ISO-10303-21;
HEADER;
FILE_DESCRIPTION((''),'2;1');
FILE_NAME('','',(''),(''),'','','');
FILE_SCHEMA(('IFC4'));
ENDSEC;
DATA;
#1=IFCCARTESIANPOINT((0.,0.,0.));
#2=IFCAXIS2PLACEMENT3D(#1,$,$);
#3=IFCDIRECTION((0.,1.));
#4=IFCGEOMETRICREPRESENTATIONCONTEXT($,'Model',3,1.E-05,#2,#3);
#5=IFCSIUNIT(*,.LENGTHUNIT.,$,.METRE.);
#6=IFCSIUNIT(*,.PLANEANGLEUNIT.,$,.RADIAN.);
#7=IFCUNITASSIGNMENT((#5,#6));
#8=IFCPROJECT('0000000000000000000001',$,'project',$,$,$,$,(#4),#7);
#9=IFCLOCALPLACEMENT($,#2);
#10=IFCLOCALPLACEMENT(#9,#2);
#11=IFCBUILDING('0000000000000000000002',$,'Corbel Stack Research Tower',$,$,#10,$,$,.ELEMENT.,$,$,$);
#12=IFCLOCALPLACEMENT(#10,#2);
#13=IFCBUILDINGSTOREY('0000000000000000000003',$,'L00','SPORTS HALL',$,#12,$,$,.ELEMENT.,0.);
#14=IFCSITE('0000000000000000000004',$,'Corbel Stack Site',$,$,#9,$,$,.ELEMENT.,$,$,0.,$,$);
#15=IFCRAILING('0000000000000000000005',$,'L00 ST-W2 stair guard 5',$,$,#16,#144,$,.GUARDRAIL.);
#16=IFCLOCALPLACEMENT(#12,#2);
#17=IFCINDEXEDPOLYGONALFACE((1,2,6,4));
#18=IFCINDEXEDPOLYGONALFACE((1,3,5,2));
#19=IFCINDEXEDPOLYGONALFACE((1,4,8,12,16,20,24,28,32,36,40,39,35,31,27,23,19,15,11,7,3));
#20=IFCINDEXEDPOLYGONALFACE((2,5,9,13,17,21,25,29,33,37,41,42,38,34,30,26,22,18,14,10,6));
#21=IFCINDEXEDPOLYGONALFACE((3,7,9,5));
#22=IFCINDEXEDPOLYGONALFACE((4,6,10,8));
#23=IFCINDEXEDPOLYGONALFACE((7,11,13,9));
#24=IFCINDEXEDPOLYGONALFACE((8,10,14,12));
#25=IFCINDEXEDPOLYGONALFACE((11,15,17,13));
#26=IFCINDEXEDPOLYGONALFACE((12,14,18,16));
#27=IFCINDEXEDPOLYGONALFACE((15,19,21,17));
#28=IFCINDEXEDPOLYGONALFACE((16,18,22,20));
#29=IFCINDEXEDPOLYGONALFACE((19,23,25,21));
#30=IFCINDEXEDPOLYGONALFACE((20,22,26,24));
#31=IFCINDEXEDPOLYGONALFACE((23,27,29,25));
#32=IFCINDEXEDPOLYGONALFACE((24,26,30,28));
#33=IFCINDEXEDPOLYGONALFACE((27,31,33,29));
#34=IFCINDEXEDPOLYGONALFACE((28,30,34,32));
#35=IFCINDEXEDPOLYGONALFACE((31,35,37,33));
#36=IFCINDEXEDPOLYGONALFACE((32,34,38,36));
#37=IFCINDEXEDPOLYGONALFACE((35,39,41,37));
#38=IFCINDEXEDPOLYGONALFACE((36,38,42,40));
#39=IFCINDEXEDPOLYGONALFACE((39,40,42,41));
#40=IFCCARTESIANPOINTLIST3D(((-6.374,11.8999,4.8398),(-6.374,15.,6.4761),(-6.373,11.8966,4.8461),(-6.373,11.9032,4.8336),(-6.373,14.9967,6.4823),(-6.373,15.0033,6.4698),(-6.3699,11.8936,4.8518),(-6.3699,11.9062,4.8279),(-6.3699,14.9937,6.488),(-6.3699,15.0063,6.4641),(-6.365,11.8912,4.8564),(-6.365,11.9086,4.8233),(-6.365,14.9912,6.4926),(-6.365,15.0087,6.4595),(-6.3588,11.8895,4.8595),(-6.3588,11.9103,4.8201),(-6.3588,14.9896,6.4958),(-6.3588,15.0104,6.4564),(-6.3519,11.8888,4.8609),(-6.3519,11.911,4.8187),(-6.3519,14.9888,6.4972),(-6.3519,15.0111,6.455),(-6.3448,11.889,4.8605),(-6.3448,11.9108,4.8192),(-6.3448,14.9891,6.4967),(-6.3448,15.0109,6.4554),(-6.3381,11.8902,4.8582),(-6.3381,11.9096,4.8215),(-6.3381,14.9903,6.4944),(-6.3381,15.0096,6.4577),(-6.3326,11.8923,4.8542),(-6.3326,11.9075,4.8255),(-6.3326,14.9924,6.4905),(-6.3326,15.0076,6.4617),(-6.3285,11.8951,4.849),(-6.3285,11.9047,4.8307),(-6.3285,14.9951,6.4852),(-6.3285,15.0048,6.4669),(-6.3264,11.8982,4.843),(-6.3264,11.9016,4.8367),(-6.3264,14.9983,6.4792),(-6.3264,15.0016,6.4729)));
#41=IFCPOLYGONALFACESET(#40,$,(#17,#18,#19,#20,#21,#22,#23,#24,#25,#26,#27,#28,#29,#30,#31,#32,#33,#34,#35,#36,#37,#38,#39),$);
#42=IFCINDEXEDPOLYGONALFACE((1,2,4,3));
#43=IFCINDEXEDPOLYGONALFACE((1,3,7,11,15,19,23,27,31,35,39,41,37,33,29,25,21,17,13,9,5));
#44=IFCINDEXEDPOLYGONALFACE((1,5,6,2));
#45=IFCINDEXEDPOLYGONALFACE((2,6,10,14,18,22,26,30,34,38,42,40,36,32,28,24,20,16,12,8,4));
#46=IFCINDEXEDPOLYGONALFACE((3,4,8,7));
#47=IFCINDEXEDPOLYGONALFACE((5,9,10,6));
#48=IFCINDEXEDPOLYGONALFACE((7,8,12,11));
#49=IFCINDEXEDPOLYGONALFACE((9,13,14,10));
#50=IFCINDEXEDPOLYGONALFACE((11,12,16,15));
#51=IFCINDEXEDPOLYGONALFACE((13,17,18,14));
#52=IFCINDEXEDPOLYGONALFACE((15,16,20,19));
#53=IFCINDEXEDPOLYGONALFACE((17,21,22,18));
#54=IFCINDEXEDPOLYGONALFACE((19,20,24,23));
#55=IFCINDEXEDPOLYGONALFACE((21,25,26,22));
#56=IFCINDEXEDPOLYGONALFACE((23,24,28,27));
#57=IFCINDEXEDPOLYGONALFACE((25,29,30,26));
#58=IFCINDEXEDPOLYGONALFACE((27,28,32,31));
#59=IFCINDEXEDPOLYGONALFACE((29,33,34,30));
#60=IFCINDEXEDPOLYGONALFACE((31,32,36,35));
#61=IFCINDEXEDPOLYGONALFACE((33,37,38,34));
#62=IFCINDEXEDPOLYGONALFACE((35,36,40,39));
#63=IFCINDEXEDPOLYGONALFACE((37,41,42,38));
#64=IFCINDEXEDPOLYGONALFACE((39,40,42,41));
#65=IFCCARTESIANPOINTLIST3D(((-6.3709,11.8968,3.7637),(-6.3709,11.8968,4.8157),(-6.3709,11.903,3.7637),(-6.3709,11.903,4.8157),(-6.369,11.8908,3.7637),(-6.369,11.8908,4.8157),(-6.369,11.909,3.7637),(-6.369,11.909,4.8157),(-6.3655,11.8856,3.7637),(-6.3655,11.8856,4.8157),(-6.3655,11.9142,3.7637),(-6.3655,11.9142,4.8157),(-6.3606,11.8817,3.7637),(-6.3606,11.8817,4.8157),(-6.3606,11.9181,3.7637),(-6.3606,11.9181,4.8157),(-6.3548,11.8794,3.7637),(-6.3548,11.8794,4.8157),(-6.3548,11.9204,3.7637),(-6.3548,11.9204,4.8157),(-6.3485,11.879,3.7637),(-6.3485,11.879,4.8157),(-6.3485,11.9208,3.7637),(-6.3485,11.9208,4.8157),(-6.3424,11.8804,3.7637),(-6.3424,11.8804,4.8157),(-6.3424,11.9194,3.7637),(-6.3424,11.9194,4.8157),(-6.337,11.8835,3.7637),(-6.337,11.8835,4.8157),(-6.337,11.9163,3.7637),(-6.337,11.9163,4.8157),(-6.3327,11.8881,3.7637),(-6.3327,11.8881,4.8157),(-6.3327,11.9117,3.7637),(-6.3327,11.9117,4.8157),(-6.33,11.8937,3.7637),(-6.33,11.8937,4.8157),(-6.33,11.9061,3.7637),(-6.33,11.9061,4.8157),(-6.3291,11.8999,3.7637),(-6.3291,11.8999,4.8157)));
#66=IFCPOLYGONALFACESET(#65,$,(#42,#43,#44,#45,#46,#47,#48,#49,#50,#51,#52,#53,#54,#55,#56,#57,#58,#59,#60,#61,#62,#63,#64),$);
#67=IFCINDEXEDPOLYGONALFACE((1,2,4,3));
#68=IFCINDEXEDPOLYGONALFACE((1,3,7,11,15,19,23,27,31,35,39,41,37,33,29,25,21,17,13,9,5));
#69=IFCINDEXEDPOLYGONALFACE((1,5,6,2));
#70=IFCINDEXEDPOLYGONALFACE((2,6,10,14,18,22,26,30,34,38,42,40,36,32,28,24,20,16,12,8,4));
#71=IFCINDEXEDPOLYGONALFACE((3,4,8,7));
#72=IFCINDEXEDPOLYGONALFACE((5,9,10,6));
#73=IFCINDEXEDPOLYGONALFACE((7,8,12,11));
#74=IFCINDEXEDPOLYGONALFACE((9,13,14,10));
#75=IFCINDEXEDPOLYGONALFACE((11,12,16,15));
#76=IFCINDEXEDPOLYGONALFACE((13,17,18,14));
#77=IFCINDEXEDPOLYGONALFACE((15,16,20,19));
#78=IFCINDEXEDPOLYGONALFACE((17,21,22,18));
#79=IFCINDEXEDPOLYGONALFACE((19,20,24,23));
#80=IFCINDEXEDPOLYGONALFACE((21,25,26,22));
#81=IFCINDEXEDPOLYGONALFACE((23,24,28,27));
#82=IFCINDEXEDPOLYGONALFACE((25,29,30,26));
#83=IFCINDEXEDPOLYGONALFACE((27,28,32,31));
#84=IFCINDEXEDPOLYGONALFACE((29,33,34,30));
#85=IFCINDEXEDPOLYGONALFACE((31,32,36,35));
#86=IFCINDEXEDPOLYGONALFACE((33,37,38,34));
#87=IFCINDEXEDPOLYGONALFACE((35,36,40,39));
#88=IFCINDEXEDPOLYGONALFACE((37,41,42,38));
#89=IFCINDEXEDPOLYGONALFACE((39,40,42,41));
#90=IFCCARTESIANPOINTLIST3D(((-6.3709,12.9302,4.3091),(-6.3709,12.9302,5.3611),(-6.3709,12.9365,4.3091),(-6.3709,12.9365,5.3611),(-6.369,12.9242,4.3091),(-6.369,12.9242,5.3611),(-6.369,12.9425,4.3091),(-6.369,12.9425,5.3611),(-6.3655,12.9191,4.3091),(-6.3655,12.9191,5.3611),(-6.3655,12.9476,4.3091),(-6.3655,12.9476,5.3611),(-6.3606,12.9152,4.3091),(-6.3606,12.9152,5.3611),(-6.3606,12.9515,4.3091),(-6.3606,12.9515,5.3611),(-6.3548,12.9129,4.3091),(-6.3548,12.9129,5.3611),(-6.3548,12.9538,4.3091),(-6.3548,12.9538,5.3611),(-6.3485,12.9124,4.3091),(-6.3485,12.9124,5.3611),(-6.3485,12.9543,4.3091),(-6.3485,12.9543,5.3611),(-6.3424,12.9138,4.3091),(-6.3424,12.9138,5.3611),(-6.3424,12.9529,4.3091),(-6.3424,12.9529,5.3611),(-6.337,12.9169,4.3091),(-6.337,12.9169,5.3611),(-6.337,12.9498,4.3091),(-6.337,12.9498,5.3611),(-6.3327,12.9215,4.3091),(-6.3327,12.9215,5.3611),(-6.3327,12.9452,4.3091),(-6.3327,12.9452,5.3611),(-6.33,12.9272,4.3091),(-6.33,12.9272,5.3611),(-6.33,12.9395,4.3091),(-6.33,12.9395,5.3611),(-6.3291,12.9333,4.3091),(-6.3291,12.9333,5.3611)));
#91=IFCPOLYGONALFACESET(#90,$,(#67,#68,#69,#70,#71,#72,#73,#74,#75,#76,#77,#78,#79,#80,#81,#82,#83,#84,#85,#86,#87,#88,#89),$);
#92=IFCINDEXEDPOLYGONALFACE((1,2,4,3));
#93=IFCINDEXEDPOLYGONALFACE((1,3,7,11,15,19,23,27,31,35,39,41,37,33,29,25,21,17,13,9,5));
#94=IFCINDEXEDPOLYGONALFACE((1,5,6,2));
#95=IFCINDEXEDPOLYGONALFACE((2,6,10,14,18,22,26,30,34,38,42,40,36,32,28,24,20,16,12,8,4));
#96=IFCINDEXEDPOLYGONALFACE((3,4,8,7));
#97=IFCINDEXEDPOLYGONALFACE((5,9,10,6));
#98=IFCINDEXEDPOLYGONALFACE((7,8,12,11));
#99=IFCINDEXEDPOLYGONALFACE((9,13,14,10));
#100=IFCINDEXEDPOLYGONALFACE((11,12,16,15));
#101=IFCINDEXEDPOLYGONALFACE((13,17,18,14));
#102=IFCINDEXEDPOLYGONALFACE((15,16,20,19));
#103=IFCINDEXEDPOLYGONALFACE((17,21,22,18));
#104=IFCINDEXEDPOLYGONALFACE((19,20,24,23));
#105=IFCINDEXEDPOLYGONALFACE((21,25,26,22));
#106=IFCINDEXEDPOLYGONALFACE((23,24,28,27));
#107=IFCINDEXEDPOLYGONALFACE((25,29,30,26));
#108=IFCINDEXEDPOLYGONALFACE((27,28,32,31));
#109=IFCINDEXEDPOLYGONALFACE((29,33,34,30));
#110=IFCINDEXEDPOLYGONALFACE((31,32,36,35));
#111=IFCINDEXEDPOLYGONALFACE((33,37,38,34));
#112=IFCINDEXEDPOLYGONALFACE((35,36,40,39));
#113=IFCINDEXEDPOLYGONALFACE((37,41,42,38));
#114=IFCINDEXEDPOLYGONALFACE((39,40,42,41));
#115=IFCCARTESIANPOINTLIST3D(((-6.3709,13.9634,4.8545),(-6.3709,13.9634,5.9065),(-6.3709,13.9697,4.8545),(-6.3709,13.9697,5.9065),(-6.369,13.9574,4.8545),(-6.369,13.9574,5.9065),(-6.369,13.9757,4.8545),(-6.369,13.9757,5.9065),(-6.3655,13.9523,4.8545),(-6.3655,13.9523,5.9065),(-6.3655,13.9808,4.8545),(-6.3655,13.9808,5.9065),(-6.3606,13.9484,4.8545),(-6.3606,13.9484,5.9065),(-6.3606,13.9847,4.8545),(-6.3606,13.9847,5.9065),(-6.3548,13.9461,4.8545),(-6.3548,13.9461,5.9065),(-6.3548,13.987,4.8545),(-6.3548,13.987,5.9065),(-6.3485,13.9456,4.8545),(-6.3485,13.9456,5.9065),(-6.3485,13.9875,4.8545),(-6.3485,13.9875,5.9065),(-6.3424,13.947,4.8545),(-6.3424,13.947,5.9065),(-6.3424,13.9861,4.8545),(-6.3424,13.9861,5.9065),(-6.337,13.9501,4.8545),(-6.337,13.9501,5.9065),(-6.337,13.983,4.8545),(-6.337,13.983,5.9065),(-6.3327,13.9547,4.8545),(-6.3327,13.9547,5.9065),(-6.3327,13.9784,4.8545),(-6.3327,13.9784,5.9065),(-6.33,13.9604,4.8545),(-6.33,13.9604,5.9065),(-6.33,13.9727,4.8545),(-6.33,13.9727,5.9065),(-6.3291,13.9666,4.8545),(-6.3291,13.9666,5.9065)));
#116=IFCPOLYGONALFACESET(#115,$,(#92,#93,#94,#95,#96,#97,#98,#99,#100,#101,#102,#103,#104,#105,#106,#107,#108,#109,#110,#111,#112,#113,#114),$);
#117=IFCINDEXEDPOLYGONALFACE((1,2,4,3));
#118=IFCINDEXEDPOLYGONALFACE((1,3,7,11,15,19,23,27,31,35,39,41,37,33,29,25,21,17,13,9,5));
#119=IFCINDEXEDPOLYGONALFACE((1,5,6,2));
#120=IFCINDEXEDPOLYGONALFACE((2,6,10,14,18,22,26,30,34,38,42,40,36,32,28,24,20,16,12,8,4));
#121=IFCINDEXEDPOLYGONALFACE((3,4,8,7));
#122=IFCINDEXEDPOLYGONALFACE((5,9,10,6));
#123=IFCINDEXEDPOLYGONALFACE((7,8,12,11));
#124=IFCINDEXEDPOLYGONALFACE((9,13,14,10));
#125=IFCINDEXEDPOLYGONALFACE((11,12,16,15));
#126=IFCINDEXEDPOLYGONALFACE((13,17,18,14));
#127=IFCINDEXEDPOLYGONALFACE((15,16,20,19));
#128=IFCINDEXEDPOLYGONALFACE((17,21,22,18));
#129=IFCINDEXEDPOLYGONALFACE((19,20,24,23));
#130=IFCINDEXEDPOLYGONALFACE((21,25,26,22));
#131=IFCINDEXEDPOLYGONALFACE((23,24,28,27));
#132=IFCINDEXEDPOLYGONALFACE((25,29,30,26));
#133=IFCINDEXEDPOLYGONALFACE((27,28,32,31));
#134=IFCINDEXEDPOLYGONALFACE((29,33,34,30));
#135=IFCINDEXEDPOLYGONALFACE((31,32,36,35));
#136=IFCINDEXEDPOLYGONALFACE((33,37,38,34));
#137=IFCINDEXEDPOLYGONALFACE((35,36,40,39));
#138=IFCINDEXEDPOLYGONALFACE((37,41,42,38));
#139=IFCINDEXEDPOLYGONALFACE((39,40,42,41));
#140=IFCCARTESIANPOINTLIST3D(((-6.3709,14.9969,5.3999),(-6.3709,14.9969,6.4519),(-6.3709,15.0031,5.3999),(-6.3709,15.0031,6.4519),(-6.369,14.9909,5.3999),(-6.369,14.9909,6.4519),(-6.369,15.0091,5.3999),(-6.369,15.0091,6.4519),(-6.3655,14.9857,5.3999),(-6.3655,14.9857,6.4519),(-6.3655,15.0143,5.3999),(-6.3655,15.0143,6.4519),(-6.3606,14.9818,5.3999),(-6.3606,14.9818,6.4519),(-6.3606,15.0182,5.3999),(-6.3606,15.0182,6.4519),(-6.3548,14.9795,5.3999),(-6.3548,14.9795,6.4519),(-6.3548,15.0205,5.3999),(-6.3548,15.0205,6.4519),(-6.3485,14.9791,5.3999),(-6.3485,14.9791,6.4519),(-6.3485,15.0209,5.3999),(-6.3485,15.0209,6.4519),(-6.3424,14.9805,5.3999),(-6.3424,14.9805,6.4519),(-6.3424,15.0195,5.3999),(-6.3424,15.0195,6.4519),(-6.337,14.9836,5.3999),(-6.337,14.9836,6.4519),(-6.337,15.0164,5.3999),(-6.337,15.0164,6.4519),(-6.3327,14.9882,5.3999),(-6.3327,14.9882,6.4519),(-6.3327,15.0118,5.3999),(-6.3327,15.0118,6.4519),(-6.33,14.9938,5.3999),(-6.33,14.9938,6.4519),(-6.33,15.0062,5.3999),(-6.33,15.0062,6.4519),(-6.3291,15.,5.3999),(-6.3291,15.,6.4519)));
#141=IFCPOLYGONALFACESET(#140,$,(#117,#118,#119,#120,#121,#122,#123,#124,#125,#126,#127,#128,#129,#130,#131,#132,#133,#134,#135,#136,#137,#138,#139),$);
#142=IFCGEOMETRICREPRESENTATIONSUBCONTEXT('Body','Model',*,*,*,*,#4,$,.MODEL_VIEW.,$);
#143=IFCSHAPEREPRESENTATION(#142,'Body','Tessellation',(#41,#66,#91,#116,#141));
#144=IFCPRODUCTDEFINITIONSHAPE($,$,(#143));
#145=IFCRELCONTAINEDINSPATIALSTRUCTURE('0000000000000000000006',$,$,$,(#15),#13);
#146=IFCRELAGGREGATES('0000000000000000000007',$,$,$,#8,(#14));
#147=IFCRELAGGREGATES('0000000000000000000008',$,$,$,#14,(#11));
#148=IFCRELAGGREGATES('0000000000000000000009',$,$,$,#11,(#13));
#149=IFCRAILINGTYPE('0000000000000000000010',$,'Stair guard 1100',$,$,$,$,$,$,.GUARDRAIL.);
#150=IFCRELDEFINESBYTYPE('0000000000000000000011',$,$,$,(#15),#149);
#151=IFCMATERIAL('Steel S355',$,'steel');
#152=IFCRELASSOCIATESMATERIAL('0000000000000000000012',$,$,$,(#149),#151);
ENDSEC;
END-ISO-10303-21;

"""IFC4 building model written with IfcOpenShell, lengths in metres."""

from ifc_helpers import new_model, si_unit, direction, frame, origin, origin_2d, place, context, subcontext, project, spatial, circle, extrude, material, type_object, element, save


model = new_model("IFC4")

# Units and contexts
model_context = context("Model", 3, precision=1e-05, world=origin(), true_north=direction((0.0, 1.0)))
body_context = subcontext(model_context, "Body", "Model", "MODEL_VIEW")
ifc_project = project(units=[si_unit("LENGTHUNIT", "METRE"), si_unit("PLANEANGLEUNIT", "RADIAN")], contexts=[model_context])

# Site, building, storey
site_placement = place(None, origin())
site = spatial("IfcSite", under=ifc_project, at=site_placement, Name="Corbel Stack Site", CompositionType="ELEMENT", RefElevation=0.0)
building_placement = place(site_placement, origin())
building = spatial("IfcBuilding", under=site, at=building_placement, Name="Corbel Stack Research Tower", CompositionType="ELEMENT")
storey_placement = place(building_placement, origin())
storey = spatial("IfcBuildingStorey", under=building, at=storey_placement, Name="L00", Description="SPORTS HALL", CompositionType="ELEMENT", Elevation=0.0)

# Railing
ifc_material_1 = material(Name="Steel S355", Category="steel")
railing_type_1 = type_object("IfcRailingType", Name="Stair guard 1100", PredefinedType="GUARDRAIL", material=ifc_material_1)
railing_1_placement = place(storey_placement, frame((-6.3501, 11.8999, 3.7637)))
element("IfcRailing", 1, at=railing_1_placement, inside=storey, type_object=railing_type_1, Name="L00 ST-W2 stair guard 5", PredefinedType="GUARDRAIL", context=body_context, shape_type="SweptSolid", body=[
    extrude(circle(Radius=0.0239, at=origin_2d()), frame((0.0, 0.0, 1.0762), z_axis=(0.0, 0.884377, 0.466774), x_axis=(-1.0, 0.0, 0.0)), (0.0, 0.0, 1.0), 3.5054),
    extrude(circle(Radius=0.021, at=origin_2d()), origin(), (0.0, 0.0, 1.0), 1.052),
    extrude(circle(Radius=0.021, at=origin_2d()), frame((0.0, 1.0334, 0.5454)), (0.0, 0.0, 1.0), 1.052),
    extrude(circle(Radius=0.021, at=origin_2d()), frame((0.0, 2.0667, 1.0908)), (0.0, 0.0, 1.0), 1.052),
    extrude(circle(Radius=0.021, at=origin_2d()), frame((0.0, 3.1001, 1.6362)), (0.0, 0.0, 1.0), 1.052),
])

save(model, "model.ifc")
